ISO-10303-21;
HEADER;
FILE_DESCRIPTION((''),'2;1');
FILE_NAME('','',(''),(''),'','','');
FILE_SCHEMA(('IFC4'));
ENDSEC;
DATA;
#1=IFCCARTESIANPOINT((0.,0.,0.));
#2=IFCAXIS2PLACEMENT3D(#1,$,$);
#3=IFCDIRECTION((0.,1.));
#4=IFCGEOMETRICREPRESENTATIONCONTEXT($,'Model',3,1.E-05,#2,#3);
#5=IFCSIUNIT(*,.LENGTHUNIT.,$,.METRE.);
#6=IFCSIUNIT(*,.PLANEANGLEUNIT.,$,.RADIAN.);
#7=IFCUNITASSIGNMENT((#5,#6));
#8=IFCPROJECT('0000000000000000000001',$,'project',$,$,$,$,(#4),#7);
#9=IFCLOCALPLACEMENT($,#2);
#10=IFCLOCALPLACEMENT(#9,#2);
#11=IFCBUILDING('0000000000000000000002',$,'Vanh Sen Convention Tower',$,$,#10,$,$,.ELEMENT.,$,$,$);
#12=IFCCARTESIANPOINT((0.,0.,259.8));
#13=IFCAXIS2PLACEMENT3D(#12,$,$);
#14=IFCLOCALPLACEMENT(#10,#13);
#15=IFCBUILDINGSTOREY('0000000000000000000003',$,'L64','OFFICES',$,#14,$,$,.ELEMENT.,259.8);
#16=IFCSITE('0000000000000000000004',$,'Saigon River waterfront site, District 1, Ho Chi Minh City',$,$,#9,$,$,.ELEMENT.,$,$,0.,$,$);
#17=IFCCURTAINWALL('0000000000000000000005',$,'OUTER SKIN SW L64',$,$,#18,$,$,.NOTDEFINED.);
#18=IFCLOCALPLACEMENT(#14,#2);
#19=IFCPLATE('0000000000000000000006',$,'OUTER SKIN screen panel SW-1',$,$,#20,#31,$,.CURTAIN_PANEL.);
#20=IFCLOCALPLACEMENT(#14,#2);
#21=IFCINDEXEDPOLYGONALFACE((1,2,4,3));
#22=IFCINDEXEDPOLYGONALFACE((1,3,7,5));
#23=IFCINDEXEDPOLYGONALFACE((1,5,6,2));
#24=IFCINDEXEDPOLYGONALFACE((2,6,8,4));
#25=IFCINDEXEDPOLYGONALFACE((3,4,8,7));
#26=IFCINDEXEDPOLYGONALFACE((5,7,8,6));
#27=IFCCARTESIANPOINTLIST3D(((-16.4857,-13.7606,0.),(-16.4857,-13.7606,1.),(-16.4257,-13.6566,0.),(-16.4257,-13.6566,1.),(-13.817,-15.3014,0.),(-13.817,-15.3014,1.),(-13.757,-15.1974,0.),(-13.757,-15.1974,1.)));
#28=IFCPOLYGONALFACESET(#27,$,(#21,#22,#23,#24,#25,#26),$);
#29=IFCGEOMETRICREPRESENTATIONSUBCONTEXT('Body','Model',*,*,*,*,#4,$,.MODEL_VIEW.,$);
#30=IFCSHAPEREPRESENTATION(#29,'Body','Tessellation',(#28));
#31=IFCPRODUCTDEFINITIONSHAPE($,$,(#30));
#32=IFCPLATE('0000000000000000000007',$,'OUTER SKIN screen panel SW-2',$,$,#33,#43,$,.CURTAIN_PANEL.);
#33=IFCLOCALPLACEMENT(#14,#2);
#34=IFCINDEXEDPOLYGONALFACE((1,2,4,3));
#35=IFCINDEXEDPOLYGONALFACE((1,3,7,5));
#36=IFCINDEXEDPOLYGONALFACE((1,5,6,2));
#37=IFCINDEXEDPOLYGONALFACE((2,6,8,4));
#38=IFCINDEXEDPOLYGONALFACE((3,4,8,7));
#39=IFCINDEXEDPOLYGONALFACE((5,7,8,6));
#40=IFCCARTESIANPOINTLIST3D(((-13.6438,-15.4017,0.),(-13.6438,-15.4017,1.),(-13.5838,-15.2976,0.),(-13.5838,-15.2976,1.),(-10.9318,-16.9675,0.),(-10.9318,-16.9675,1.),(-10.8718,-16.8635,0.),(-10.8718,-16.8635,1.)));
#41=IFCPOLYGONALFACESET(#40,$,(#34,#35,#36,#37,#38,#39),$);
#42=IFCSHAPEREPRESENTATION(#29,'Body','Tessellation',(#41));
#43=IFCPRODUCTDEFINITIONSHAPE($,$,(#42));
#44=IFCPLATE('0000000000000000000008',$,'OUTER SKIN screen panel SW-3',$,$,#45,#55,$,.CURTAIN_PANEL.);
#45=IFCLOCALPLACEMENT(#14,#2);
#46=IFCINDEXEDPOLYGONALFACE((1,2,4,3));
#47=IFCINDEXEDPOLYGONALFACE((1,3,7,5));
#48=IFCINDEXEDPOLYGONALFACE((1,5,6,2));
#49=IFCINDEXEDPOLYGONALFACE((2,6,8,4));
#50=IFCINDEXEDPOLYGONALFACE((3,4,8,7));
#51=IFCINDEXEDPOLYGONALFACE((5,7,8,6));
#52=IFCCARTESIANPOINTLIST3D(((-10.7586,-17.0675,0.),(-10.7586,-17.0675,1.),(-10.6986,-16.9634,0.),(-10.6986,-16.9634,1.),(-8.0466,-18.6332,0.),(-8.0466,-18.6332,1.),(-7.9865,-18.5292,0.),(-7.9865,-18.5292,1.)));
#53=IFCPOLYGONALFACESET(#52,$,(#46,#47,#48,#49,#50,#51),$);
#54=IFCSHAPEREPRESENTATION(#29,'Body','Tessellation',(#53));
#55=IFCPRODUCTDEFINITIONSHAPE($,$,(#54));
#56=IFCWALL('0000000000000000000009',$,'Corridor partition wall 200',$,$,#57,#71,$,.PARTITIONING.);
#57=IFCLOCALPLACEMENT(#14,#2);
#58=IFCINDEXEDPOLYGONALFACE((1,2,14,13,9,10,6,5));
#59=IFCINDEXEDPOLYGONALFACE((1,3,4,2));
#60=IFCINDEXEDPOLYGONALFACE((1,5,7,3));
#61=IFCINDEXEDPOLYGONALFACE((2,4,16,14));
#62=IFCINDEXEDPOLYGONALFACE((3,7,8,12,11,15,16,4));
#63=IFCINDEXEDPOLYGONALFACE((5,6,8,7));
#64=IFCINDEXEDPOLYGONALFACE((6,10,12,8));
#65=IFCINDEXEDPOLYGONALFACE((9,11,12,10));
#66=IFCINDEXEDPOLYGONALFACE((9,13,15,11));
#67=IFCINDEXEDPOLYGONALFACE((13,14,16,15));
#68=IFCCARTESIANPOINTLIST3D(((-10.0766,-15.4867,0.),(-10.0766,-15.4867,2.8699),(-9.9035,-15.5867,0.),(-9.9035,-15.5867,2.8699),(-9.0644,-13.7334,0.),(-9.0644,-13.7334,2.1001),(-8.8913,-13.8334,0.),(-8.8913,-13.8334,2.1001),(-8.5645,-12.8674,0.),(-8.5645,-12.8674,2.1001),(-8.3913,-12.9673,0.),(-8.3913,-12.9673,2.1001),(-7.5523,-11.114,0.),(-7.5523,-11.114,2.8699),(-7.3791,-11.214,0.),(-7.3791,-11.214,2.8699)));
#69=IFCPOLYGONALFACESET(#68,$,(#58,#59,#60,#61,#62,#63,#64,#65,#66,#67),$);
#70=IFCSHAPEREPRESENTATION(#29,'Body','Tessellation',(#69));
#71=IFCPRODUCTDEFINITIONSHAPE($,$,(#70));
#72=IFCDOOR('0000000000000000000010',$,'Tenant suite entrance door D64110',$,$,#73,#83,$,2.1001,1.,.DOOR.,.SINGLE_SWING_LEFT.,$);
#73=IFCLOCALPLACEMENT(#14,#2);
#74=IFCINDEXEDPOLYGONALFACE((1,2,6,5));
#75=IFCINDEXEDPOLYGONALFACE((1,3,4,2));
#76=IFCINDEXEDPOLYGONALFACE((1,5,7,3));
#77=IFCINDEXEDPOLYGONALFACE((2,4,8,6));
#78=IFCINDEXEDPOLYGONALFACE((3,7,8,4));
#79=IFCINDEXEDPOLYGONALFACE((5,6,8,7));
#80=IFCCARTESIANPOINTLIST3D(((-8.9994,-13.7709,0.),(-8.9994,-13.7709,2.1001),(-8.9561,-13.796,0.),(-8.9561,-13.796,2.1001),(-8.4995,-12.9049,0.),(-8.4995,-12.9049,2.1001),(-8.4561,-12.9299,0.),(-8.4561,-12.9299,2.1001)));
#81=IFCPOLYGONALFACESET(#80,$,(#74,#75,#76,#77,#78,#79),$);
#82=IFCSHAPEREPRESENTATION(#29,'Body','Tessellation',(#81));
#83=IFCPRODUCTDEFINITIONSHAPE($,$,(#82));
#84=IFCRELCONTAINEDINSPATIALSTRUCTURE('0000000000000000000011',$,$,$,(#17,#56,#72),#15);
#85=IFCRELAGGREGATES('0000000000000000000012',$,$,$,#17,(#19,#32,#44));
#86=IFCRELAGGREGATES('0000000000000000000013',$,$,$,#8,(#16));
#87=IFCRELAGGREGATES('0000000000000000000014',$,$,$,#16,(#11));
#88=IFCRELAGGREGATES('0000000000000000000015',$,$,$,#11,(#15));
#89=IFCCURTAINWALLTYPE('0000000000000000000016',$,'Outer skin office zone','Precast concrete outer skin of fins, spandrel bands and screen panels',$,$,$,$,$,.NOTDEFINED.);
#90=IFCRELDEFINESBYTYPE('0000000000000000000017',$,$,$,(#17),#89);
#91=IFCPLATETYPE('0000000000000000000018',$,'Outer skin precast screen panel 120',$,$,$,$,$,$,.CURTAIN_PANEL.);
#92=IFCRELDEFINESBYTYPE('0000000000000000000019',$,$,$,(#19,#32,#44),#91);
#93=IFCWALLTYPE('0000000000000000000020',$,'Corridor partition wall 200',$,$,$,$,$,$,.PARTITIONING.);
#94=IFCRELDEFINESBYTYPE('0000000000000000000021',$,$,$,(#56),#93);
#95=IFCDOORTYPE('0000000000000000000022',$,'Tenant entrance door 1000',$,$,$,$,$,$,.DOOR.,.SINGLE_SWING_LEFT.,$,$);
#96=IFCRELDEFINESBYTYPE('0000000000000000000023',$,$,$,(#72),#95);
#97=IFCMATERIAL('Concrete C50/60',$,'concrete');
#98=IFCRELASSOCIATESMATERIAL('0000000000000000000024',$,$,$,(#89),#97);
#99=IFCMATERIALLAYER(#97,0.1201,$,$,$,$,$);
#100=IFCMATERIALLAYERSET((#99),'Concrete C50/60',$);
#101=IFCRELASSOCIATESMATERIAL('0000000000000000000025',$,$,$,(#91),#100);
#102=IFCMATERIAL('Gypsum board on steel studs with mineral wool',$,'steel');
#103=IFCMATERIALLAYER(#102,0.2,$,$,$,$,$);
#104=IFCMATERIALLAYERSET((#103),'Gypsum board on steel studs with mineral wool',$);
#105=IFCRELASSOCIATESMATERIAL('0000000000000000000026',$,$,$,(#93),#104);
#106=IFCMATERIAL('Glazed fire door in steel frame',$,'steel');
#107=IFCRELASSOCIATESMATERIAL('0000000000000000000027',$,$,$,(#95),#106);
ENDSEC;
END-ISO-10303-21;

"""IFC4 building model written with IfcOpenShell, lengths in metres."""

from ifc_helpers import new_model, si_unit, direction, frame, frame_2d, origin, origin_2d, place, context, subcontext, project, spatial, rectangle, extrude, material, layer, layer_set, type_object, element, fill, aggregate, save


model = new_model("IFC4")

# Units and contexts
model_context = context("Model", 3, precision=1e-05, world=origin(), true_north=direction((0.0, 1.0)))
body_context = subcontext(model_context, "Body", "Model", "MODEL_VIEW")
ifc_project = project(units=[si_unit("LENGTHUNIT", "METRE"), si_unit("PLANEANGLEUNIT", "RADIAN")], contexts=[model_context])

# Site, building, storey
site_placement = place(None, origin())
site = spatial("IfcSite", under=ifc_project, at=site_placement, Name="Saigon River waterfront site, District 1, Ho Chi Minh City", CompositionType="ELEMENT", RefElevation=0.0)
building_placement = place(site_placement, origin())
building = spatial("IfcBuilding", under=site, at=building_placement, Name="Vanh Sen Convention Tower", CompositionType="ELEMENT")
storey_placement = place(building_placement, frame((0.0, 0.0, 259.8)))
storey = spatial("IfcBuildingStorey", under=building, at=storey_placement, Name="L64", Description="OFFICES", CompositionType="ELEMENT", Elevation=259.8)

# Curtain wall
ifc_material_1 = material(Name="Concrete C50/60", Category="concrete")
curtain_wall_type = type_object("IfcCurtainWallType", Name="Outer skin office zone", Description="Precast concrete outer skin of fins, spandrel bands and screen panels", PredefinedType="NOTDEFINED", material=ifc_material_1)
curtain_wall_placement = place(storey_placement, origin())
curtain_wall = element("IfcCurtainWall", 1, at=curtain_wall_placement, inside=storey, type_object=curtain_wall_type, Name="OUTER SKIN SW L64", PredefinedType="NOTDEFINED")

# Plates
ifc_layer_1 = layer(ifc_material_1, 0.1201)
ifc_layer_set_1 = layer_set([ifc_layer_1], Name="Concrete C50/60")
plate_type = type_object("IfcPlateType", Name="Outer skin precast screen panel 120", PredefinedType="CURTAIN_PANEL", material=ifc_layer_set_1)
plate_1_placement = place(storey_placement, frame((-15.1213, -14.479, 0.0), z_axis=(0.0, 0.0, 1.0), x_axis=(0.866029, -0.499994, 0.0)))
plate_1 = element("IfcPlate", 2, at=plate_1_placement, type_object=plate_type, Name="OUTER SKIN screen panel SW-1", PredefinedType="CURTAIN_PANEL", context=body_context, shape_type="SweptSolid", body=[
    extrude(rectangle(XDim=3.0815, YDim=0.1201, at=origin_2d()), origin(), (0.0, 0.0, 1.0), 1.0),
])
plate_2_placement = place(storey_placement, frame((-12.2578, -16.1326, 0.0), z_axis=(0.0, 0.0, 1.0), x_axis=(0.866016, -0.500017, 0.0)))
plate_2 = element("IfcPlate", 3, at=plate_2_placement, type_object=plate_type, Name="OUTER SKIN screen panel SW-2", PredefinedType="CURTAIN_PANEL", context=body_context, shape_type="SweptSolid", body=[
    extrude(rectangle(XDim=3.1316, YDim=0.1201, at=origin_2d()), origin(), (0.0, 0.0, 1.0), 1.0),
])
plate_3_placement = place(storey_placement, frame((-9.3726, -17.7983, 0.0), z_axis=(0.0, 0.0, 1.0), x_axis=(0.866029, -0.499994, 0.0)))
plate_3 = element("IfcPlate", 4, at=plate_3_placement, type_object=plate_type, Name="OUTER SKIN screen panel SW-3", PredefinedType="CURTAIN_PANEL", context=body_context, shape_type="SweptSolid", body=[
    extrude(rectangle(XDim=3.1316, YDim=0.1201, at=origin_2d()), origin(), (0.0, 0.0, 1.0), 1.0),
])
aggregate(curtain_wall, [plate_1, plate_2, plate_3])

# Wall, opening, door
ifc_material_2 = material(Name="Gypsum board on steel studs with mineral wool", Category="steel")
ifc_layer_2 = layer(ifc_material_2, 0.2)
ifc_layer_set_2 = layer_set([ifc_layer_2], Name="Gypsum board on steel studs with mineral wool")
wall_type_1 = type_object("IfcWallType", Name="Corridor partition wall 200", PredefinedType="PARTITIONING", material=ifc_layer_set_2)
wall_1_placement = place(storey_placement, frame((-9.99, -15.5366, 0.0), z_axis=(0.0, 0.0, 1.0), x_axis=(0.499967, 0.866045, 0.0)))
wall_1 = element("IfcWall", 5, at=wall_1_placement, inside=storey, type_object=wall_type_1, Name="Corridor partition wall 200", PredefinedType="PARTITIONING", context=body_context, shape_type="SweptSolid", body=[
    extrude(rectangle(XDim=5.0491, YDim=0.2, at=frame_2d((2.5244, 0.0))), origin(), (0.0, 0.0, 1.0), 2.8699),
])
opening_1_placement = place(wall_1_placement, frame((2.0244, 0.0, 0.0)))
opening_1 = element("IfcOpeningElement", 6, at=opening_1_placement, cuts=wall_1, PredefinedType="OPENING", context=body_context, shape_type="SweptSolid", body=[
    extrude(rectangle(XDim=1.0, YDim=2.1001, at=frame_2d((0.5, 1.05))), frame((0.0, 0.1099, 0.0), z_axis=(0.0, -1.0, 0.0), x_axis=(1.0, 0.0, 0.0)), (0.0, 0.0, 1.0), 0.22),
])
ifc_material_3 = material(Name="Glazed fire door in steel frame", Category="steel")
door_type = type_object("IfcDoorType", Name="Tenant entrance door 1000", OperationType="SINGLE_SWING_LEFT", PredefinedType="DOOR", material=ifc_material_3)
door_placement = place(opening_1_placement, origin())
door = element("IfcDoor", 7, at=door_placement, inside=storey, type_object=door_type, Name="Tenant suite entrance door D64110", OperationType="SINGLE_SWING_LEFT", OverallHeight=2.1001, OverallWidth=1.0, PredefinedType="DOOR", context=body_context, shape_type="SweptSolid", body=[
    extrude(rectangle(XDim=1.0, YDim=2.1001, at=frame_2d((0.5, 1.05))), frame((0.0, 0.0249, 0.0), z_axis=(0.0, -1.0, 0.0), x_axis=(1.0, 0.0, 0.0)), (0.0, 0.0, 1.0), 0.05),
])
fill(opening_1, door)

save(model, "model.ifc")
